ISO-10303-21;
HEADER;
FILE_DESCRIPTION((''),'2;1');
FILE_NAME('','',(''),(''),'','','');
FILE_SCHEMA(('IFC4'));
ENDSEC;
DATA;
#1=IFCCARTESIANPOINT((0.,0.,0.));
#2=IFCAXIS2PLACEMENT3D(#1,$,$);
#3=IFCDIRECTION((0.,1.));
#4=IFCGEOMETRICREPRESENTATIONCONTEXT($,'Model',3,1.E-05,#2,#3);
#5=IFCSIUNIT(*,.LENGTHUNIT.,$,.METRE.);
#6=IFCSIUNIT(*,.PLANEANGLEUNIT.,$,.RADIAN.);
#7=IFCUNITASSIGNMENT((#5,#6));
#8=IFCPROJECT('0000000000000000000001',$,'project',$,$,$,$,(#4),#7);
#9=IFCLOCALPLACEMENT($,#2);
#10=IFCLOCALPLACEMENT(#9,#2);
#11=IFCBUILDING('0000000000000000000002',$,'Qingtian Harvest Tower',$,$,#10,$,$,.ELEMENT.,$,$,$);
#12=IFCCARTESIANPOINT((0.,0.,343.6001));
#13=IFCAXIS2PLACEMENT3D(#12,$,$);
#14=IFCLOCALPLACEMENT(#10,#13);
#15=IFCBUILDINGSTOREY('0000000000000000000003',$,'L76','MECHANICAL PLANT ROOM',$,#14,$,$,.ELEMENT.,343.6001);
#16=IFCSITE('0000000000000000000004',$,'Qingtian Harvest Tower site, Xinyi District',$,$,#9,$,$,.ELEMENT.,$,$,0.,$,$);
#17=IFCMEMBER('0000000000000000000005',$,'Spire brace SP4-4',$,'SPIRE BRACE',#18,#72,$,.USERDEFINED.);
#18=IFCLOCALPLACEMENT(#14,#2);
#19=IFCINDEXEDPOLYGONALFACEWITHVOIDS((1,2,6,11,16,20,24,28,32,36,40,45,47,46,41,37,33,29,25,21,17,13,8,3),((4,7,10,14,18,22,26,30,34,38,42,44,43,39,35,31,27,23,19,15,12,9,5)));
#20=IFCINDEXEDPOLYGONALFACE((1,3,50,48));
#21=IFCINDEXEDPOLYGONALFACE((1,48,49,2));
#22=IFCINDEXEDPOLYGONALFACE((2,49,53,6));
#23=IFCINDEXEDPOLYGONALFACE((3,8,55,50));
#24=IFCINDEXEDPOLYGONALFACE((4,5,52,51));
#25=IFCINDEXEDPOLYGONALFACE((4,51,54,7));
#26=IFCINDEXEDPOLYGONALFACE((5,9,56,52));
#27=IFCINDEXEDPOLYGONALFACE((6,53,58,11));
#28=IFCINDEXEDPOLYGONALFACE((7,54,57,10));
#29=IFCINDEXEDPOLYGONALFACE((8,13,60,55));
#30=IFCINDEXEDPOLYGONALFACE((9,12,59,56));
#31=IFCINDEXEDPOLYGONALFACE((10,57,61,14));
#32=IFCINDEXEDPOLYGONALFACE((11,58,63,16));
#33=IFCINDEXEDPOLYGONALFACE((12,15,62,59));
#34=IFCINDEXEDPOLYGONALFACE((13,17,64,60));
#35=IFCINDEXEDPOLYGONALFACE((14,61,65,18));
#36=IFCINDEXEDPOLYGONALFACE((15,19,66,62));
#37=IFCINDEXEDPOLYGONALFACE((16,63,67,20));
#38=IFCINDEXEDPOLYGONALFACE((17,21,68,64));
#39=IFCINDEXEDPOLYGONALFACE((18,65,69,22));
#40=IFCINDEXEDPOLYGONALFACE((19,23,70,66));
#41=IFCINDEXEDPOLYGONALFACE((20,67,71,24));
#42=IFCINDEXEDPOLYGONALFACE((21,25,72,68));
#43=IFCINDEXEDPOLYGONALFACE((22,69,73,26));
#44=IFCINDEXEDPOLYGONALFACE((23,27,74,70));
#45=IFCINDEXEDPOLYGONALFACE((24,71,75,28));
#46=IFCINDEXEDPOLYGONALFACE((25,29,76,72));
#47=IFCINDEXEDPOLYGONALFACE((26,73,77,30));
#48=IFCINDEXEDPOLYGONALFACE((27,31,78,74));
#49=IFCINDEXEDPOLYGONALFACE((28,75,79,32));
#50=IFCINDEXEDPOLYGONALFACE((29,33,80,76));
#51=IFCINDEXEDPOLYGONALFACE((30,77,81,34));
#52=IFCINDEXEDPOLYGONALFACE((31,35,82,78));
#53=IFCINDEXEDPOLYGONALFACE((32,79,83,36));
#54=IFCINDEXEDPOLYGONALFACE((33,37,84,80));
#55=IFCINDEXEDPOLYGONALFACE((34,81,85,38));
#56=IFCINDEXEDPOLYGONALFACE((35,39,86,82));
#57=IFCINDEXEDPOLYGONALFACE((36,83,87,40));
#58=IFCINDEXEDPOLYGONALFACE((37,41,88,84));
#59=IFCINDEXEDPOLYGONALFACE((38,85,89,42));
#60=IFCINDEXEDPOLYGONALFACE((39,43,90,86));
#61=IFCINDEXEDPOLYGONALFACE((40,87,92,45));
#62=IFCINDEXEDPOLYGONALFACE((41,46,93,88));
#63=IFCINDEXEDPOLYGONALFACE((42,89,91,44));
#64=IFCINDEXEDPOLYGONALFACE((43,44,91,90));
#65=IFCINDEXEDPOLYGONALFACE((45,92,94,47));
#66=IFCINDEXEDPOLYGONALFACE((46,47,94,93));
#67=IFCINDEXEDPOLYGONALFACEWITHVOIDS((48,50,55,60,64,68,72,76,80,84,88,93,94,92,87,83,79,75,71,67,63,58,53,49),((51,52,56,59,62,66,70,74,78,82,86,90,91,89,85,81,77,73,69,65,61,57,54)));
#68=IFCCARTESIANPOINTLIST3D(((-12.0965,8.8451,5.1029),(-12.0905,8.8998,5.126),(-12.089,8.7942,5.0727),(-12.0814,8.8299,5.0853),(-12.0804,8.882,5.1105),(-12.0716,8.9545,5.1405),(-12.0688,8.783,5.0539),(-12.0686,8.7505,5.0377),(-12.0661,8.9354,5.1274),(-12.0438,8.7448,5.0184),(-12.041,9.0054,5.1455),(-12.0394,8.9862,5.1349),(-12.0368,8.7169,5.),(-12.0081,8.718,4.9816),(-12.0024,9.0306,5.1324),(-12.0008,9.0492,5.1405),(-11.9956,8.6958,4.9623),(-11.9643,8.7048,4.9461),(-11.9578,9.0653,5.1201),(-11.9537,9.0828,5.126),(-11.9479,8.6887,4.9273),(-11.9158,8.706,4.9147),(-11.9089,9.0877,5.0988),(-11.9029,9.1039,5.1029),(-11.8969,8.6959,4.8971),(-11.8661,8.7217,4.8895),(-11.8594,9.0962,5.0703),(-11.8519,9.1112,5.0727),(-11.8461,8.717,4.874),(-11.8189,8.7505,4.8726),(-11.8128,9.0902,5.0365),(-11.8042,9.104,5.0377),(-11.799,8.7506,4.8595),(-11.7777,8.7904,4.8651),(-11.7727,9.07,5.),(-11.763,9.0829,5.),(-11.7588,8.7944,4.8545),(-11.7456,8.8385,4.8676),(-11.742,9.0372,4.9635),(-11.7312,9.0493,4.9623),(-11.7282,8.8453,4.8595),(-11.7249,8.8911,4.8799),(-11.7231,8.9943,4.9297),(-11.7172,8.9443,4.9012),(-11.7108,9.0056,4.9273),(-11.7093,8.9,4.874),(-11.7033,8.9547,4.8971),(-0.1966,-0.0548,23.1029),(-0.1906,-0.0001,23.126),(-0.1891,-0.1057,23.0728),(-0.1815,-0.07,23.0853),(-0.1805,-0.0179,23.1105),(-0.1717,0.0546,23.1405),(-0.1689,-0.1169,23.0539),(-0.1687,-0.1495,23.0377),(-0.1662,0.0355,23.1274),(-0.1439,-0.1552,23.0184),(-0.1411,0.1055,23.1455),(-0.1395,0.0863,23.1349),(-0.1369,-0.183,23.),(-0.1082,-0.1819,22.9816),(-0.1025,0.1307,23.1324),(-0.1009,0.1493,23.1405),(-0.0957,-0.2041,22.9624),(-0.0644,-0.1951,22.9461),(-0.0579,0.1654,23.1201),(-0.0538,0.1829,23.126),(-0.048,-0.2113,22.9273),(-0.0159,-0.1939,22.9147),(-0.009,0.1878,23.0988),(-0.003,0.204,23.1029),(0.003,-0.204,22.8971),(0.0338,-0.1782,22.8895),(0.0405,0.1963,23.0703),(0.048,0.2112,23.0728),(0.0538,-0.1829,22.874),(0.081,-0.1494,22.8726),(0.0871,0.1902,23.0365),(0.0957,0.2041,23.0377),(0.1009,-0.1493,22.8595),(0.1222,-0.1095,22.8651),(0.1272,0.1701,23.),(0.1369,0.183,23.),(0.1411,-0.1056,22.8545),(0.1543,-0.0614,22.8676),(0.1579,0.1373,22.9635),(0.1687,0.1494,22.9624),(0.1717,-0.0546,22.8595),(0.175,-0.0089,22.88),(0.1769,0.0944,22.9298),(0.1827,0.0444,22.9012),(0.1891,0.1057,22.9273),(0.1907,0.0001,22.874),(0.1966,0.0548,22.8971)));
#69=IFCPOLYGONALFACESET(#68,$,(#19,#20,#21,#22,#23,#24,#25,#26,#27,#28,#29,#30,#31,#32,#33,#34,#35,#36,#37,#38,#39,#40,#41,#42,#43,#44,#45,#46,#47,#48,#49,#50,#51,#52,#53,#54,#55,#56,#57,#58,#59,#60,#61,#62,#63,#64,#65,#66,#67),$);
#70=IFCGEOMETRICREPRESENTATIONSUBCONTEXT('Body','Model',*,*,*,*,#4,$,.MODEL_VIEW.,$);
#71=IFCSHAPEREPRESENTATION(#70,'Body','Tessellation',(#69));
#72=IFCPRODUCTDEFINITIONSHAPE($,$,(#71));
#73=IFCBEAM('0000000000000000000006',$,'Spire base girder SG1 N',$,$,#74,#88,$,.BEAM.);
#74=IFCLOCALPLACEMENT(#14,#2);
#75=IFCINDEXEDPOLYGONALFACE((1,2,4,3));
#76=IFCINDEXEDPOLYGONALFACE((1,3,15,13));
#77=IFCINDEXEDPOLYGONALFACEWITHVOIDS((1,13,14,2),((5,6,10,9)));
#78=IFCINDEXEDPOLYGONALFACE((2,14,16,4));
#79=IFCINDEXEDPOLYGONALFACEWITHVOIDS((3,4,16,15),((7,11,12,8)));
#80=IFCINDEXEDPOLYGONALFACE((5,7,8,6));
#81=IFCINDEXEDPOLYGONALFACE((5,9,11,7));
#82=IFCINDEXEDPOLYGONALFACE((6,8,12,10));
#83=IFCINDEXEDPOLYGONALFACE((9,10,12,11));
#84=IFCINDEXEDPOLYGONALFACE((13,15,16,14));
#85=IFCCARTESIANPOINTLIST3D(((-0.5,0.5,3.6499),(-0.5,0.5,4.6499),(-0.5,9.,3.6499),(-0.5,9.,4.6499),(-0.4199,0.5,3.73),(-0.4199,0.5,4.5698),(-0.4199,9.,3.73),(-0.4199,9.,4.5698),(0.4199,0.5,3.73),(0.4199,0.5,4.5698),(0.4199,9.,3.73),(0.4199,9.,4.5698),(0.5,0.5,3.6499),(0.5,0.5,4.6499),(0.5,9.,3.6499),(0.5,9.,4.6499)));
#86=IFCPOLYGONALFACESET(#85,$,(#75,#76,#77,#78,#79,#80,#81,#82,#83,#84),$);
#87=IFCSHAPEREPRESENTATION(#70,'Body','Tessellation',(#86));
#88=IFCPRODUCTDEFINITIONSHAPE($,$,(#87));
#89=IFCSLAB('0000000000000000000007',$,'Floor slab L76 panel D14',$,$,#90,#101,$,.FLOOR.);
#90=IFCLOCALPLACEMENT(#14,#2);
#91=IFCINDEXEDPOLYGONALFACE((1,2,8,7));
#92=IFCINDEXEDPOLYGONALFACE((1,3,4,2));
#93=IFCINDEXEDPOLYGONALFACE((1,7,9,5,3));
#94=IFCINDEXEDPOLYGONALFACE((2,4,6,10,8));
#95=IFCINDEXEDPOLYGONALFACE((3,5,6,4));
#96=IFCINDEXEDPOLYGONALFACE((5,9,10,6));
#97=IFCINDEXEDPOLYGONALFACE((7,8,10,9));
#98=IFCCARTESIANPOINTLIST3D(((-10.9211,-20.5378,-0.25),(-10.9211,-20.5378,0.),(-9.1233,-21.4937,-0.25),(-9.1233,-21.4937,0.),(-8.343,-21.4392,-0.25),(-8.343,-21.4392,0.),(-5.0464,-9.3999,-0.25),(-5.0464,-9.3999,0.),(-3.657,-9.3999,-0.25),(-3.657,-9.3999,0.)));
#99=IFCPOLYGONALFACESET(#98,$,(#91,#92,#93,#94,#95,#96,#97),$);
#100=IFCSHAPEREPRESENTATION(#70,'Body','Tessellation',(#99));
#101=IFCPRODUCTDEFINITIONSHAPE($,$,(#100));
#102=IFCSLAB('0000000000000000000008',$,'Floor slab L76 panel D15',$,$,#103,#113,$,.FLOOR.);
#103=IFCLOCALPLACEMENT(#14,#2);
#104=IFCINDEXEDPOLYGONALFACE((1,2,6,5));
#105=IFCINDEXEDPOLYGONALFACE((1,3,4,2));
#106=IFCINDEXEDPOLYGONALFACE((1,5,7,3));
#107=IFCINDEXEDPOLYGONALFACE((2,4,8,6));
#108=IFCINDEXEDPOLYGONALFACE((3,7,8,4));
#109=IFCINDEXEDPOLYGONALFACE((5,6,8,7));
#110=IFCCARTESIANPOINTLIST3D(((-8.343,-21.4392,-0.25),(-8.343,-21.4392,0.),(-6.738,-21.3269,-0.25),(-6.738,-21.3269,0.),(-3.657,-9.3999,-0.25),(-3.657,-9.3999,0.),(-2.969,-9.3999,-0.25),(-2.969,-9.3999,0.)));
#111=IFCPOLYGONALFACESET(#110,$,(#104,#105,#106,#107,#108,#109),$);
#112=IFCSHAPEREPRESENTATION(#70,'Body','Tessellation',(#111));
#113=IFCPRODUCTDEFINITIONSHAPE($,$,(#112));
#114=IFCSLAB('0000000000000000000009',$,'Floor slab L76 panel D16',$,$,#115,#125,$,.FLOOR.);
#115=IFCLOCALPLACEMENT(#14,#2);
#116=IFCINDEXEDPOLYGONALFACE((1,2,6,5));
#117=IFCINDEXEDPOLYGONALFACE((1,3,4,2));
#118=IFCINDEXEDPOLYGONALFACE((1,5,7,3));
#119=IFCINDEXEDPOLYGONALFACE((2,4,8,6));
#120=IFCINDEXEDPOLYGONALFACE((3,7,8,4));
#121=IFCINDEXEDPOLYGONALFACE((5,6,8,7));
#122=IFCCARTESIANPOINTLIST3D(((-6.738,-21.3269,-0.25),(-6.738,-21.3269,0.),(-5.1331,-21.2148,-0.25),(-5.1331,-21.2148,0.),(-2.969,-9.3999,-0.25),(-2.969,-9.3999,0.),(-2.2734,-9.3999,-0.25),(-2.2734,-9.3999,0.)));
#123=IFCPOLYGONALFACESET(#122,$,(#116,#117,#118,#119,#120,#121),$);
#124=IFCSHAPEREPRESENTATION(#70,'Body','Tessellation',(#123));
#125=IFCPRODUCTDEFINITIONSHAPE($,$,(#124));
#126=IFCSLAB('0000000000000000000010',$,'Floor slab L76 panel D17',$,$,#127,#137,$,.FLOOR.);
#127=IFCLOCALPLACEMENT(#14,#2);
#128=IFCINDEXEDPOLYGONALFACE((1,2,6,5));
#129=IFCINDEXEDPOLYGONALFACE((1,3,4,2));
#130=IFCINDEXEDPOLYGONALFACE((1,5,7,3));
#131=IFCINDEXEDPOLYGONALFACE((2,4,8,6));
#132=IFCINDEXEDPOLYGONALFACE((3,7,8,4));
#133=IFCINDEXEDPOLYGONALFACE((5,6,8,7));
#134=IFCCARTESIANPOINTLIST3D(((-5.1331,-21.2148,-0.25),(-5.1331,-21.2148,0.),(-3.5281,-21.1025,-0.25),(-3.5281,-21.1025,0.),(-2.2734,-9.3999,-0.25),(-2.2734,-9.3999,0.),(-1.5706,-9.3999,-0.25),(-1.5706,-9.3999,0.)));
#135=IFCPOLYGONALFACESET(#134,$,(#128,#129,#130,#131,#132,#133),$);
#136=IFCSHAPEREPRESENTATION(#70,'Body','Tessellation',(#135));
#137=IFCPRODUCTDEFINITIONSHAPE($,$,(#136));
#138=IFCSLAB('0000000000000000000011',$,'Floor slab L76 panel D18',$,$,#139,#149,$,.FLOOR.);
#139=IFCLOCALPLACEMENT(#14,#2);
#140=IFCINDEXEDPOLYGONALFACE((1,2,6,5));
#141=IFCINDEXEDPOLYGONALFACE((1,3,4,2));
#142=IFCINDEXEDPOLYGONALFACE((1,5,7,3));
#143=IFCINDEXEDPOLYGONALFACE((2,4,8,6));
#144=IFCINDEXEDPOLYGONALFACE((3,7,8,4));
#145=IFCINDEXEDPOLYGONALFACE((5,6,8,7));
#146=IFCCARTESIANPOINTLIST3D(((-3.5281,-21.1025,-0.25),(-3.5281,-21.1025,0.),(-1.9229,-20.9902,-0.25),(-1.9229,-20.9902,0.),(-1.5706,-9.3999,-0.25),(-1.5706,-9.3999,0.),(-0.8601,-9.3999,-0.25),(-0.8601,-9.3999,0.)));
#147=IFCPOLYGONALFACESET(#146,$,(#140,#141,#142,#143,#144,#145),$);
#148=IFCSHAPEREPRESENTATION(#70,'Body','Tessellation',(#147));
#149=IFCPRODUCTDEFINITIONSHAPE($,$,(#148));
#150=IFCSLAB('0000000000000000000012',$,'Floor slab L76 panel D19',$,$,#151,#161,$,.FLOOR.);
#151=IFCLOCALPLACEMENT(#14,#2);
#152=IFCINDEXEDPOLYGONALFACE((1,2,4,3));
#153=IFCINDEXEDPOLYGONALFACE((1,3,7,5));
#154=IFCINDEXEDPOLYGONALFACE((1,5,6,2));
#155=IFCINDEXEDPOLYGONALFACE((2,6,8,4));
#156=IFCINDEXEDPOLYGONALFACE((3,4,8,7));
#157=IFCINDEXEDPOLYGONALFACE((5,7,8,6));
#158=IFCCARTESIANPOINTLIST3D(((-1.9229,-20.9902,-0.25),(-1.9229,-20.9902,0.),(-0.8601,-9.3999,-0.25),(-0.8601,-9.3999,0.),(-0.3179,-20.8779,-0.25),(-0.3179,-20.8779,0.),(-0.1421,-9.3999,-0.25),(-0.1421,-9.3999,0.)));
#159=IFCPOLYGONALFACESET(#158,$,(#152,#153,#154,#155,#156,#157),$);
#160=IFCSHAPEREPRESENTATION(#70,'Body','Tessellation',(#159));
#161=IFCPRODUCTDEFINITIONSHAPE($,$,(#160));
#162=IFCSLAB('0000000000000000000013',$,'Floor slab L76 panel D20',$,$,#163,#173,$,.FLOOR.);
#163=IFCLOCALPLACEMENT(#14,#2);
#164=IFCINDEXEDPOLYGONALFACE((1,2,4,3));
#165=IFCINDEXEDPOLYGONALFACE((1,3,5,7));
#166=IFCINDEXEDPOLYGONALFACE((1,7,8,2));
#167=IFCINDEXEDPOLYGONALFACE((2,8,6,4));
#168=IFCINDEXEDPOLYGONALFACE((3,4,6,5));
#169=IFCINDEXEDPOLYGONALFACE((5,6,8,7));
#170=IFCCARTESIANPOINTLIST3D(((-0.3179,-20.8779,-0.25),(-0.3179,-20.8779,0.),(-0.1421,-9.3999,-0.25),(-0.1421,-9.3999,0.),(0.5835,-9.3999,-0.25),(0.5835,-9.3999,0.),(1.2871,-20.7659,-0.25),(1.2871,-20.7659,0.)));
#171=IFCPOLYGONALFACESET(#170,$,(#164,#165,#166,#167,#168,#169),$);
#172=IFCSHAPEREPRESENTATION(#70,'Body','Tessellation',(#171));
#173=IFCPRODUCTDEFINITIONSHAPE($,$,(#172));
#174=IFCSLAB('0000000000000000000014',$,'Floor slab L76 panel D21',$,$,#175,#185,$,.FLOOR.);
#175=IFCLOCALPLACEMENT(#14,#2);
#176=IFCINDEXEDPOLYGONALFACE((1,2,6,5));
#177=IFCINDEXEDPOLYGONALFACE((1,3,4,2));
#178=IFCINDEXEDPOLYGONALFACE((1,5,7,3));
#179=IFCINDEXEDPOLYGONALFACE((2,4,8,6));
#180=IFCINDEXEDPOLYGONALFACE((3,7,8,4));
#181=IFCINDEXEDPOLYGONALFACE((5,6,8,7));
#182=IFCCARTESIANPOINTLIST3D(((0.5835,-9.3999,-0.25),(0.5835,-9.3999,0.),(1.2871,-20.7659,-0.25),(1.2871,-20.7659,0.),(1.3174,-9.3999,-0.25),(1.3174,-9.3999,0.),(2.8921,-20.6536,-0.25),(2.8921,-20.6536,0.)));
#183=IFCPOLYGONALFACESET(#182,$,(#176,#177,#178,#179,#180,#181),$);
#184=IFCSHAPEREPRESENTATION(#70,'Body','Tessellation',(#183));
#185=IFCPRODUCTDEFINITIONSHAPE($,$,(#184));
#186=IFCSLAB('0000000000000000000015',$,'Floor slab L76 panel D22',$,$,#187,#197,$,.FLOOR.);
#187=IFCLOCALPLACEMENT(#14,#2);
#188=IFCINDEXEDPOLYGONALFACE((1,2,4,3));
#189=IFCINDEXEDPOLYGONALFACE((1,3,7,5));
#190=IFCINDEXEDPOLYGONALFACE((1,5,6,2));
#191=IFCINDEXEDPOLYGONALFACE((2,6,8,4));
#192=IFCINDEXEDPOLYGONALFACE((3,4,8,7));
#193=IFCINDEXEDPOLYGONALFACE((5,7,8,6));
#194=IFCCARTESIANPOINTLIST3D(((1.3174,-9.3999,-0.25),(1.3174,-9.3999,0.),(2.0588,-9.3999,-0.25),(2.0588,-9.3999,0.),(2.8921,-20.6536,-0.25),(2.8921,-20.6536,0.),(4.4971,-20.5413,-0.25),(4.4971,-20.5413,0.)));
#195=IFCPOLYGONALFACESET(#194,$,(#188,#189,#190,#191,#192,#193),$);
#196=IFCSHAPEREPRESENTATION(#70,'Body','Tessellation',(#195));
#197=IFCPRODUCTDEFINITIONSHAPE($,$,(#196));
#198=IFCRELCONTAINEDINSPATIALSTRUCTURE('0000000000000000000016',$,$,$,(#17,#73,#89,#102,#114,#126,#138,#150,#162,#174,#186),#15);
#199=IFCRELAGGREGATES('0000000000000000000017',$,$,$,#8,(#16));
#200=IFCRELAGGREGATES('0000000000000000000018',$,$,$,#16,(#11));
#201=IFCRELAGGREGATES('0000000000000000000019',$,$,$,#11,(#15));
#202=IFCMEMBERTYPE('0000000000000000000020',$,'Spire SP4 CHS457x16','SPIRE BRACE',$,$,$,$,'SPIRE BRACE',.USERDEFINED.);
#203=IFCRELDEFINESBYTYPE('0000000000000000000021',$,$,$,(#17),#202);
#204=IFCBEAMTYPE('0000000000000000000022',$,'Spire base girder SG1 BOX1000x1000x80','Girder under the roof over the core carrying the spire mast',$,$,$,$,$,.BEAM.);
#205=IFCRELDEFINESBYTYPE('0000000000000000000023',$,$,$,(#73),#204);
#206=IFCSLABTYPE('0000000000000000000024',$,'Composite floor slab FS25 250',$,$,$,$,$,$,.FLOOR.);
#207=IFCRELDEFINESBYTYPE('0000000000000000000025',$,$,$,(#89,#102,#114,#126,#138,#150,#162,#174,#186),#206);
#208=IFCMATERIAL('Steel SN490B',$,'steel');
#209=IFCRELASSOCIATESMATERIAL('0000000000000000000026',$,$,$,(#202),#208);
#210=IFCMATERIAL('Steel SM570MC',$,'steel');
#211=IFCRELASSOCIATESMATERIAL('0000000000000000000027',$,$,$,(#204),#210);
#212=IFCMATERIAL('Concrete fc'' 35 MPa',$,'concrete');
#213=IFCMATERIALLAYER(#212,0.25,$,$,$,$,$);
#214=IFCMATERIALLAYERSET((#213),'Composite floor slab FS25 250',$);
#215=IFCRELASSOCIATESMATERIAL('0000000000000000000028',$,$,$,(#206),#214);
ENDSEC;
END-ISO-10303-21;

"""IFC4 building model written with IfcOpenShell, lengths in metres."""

from ifc_helpers import new_model, si_unit, direction, frame, origin, origin_2d, place, context, subcontext, project, spatial, polyline, hollow_rectangle, hollow_circle, outline, extrude, material, layer, layer_set, material_profile, profile_set, type_object, element, save


model = new_model("IFC4")

# Units and contexts
model_context = context("Model", 3, precision=1e-05, world=origin(), true_north=direction((0.0, 1.0)))
body_context = subcontext(model_context, "Body", "Model", "MODEL_VIEW")
ifc_project = project(units=[si_unit("LENGTHUNIT", "METRE"), si_unit("PLANEANGLEUNIT", "RADIAN")], contexts=[model_context])

# Site, building, storey
site_placement = place(None, origin())
site = spatial("IfcSite", under=ifc_project, at=site_placement, Name="Qingtian Harvest Tower site, Xinyi District", CompositionType="ELEMENT", RefElevation=0.0)
building_placement = place(site_placement, origin())
building = spatial("IfcBuilding", under=site, at=building_placement, Name="Qingtian Harvest Tower", CompositionType="ELEMENT")
storey_placement = place(building_placement, frame((0.0, 0.0, 343.6001)))
storey = spatial("IfcBuildingStorey", under=building, at=storey_placement, Name="L76", Description="MECHANICAL PLANT ROOM", CompositionType="ELEMENT", Elevation=343.6001)

# Member
ifc_material_1 = material(Name="Steel SN490B", Category="steel")
ifc_material_profile_1 = material_profile(ifc_material_1, hollow_circle(Radius=0.2285, WallThickness=0.0161, at=origin_2d()), Name="CHS457x16")
ifc_profile_set_1 = profile_set([ifc_material_profile_1], Name="Steel SN490B")
member_type = type_object("IfcMemberType", Name="Spire SP4 CHS457x16", Description="SPIRE BRACE", ElementType="SPIRE BRACE", PredefinedType="USERDEFINED", material=ifc_profile_set_1)
member_placement = place(storey_placement, frame((-11.8999, 8.8999, 5.0), z_axis=(0.509822, -0.381294, 0.771166), x_axis=(0.598922, 0.800808, 0.0)))
element("IfcMember", 1, at=member_placement, inside=storey, type_object=member_type, Name="Spire brace SP4-4", ObjectType="SPIRE BRACE", PredefinedType="USERDEFINED", context=body_context, shape_type="SweptSolid", body=[
    extrude(hollow_circle(Radius=0.2285, WallThickness=0.0161, at=origin_2d()), origin(), (0.0, 0.0, 1.0), 23.3413),
])

# Beam
ifc_material_2 = material(Name="Steel SM570MC", Category="steel")
ifc_material_profile_2 = material_profile(ifc_material_2, hollow_rectangle(XDim=1.0, YDim=1.0, WallThickness=0.0801, at=origin_2d()), Name="BOX1000x1000x80")
ifc_profile_set_2 = profile_set([ifc_material_profile_2], Name="Steel SM570MC")
beam_type = type_object("IfcBeamType", Name="Spire base girder SG1 BOX1000x1000x80", Description="Girder under the roof over the core carrying the spire mast", PredefinedType="BEAM", material=ifc_profile_set_2)
beam_placement = place(storey_placement, frame((0.0, 9.0, 4.1499), z_axis=(0.0, -1.0, 0.0), x_axis=(1.0, 0.0, 0.0)))
element("IfcBeam", 2, at=beam_placement, inside=storey, type_object=beam_type, Name="Spire base girder SG1 N", PredefinedType="BEAM", context=body_context, shape_type="SweptSolid", body=[
    extrude(hollow_rectangle(XDim=1.0, YDim=1.0, WallThickness=0.0801, at=origin_2d()), origin(), (0.0, 0.0, 1.0), 8.5),
])

# Slabs
ifc_material_3 = material(Name="Concrete fc' 35 MPa", Category="concrete")
ifc_layer_1 = layer(ifc_material_3, 0.25)
ifc_layer_set_1 = layer_set([ifc_layer_1], Name="Composite floor slab FS25 250")
slab_type = type_object("IfcSlabType", Name="Composite floor slab FS25 250", PredefinedType="FLOOR", material=ifc_layer_set_1)
slab_1_placement = place(storey_placement, frame((0.0, 0.0, -0.25)))
element("IfcSlab", 3, at=slab_1_placement, inside=storey, type_object=slab_type, Name="Floor slab L76 panel D14", PredefinedType="FLOOR", context=body_context, shape_type="SweptSolid", body=[
    extrude(outline(polyline([(-5.0464, -9.3999), (-3.657, -9.3999), (-8.343, -21.4392), (-9.1233, -21.4937), (-10.9211, -20.5378), (-5.0464, -9.3999)])), origin(), (0.0, 0.0, 1.0), 0.25),
])
slab_2_placement = place(storey_placement, frame((0.0, 0.0, -0.25)))
element("IfcSlab", 4, at=slab_2_placement, inside=storey, type_object=slab_type, Name="Floor slab L76 panel D15", PredefinedType="FLOOR", context=body_context, shape_type="SweptSolid", body=[
    extrude(outline(polyline([(-2.969, -9.3999), (-6.738, -21.3269), (-8.343, -21.4392), (-3.657, -9.3999), (-2.969, -9.3999)])), origin(), (0.0, 0.0, 1.0), 0.25),
])
slab_3_placement = place(storey_placement, frame((0.0, 0.0, -0.25)))
element("IfcSlab", 5, at=slab_3_placement, inside=storey, type_object=slab_type, Name="Floor slab L76 panel D16", PredefinedType="FLOOR", context=body_context, shape_type="SweptSolid", body=[
    extrude(outline(polyline([(-2.2734, -9.3999), (-5.1331, -21.2148), (-6.738, -21.3269), (-2.969, -9.3999), (-2.2734, -9.3999)])), origin(), (0.0, 0.0, 1.0), 0.25),
])
slab_4_placement = place(storey_placement, frame((0.0, 0.0, -0.25)))
element("IfcSlab", 6, at=slab_4_placement, inside=storey, type_object=slab_type, Name="Floor slab L76 panel D17", PredefinedType="FLOOR", context=body_context, shape_type="SweptSolid", body=[
    extrude(outline(polyline([(-1.5706, -9.3999), (-3.5281, -21.1025), (-5.1331, -21.2148), (-2.2734, -9.3999), (-1.5706, -9.3999)])), origin(), (0.0, 0.0, 1.0), 0.25),
])
slab_5_placement = place(storey_placement, frame((0.0, 0.0, -0.25)))
element("IfcSlab", 7, at=slab_5_placement, inside=storey, type_object=slab_type, Name="Floor slab L76 panel D18", PredefinedType="FLOOR", context=body_context, shape_type="SweptSolid", body=[
    extrude(outline(polyline([(-0.8601, -9.3999), (-1.9229, -20.9902), (-3.5281, -21.1025), (-1.5706, -9.3999), (-0.8601, -9.3999)])), origin(), (0.0, 0.0, 1.0), 0.25),
])
slab_6_placement = place(storey_placement, frame((0.0, 0.0, -0.25)))
element("IfcSlab", 8, at=slab_6_placement, inside=storey, type_object=slab_type, Name="Floor slab L76 panel D19", PredefinedType="FLOOR", context=body_context, shape_type="SweptSolid", body=[
    extrude(outline(polyline([(-0.1421, -9.3999), (-0.3179, -20.8779), (-1.9229, -20.9902), (-0.8601, -9.3999), (-0.1421, -9.3999)])), origin(), (0.0, 0.0, 1.0), 0.25),
])
slab_7_placement = place(storey_placement, frame((0.0, 0.0, -0.25)))
element("IfcSlab", 9, at=slab_7_placement, inside=storey, type_object=slab_type, Name="Floor slab L76 panel D20", PredefinedType="FLOOR", context=body_context, shape_type="SweptSolid", body=[
    extrude(outline(polyline([(0.5835, -9.3999), (1.2871, -20.7659), (-0.3179, -20.8779), (-0.1421, -9.3999), (0.5835, -9.3999)])), origin(), (0.0, 0.0, 1.0), 0.25),
])
slab_8_placement = place(storey_placement, frame((0.0, 0.0, -0.25)))
element("IfcSlab", 10, at=slab_8_placement, inside=storey, type_object=slab_type, Name="Floor slab L76 panel D21", PredefinedType="FLOOR", context=body_context, shape_type="SweptSolid", body=[
    extrude(outline(polyline([(1.3174, -9.3999), (2.8921, -20.6536), (1.2871, -20.7659), (0.5835, -9.3999), (1.3174, -9.3999)])), origin(), (0.0, 0.0, 1.0), 0.25),
])
slab_9_placement = place(storey_placement, frame((0.0, 0.0, -0.25)))
element("IfcSlab", 11, at=slab_9_placement, inside=storey, type_object=slab_type, Name="Floor slab L76 panel D22", PredefinedType="FLOOR", context=body_context, shape_type="SweptSolid", body=[
    extrude(outline(polyline([(2.0588, -9.3999), (4.4971, -20.5413), (2.8921, -20.6536), (1.3174, -9.3999), (2.0588, -9.3999)])), origin(), (0.0, 0.0, 1.0), 0.25),
])

save(model, "model.ifc")
